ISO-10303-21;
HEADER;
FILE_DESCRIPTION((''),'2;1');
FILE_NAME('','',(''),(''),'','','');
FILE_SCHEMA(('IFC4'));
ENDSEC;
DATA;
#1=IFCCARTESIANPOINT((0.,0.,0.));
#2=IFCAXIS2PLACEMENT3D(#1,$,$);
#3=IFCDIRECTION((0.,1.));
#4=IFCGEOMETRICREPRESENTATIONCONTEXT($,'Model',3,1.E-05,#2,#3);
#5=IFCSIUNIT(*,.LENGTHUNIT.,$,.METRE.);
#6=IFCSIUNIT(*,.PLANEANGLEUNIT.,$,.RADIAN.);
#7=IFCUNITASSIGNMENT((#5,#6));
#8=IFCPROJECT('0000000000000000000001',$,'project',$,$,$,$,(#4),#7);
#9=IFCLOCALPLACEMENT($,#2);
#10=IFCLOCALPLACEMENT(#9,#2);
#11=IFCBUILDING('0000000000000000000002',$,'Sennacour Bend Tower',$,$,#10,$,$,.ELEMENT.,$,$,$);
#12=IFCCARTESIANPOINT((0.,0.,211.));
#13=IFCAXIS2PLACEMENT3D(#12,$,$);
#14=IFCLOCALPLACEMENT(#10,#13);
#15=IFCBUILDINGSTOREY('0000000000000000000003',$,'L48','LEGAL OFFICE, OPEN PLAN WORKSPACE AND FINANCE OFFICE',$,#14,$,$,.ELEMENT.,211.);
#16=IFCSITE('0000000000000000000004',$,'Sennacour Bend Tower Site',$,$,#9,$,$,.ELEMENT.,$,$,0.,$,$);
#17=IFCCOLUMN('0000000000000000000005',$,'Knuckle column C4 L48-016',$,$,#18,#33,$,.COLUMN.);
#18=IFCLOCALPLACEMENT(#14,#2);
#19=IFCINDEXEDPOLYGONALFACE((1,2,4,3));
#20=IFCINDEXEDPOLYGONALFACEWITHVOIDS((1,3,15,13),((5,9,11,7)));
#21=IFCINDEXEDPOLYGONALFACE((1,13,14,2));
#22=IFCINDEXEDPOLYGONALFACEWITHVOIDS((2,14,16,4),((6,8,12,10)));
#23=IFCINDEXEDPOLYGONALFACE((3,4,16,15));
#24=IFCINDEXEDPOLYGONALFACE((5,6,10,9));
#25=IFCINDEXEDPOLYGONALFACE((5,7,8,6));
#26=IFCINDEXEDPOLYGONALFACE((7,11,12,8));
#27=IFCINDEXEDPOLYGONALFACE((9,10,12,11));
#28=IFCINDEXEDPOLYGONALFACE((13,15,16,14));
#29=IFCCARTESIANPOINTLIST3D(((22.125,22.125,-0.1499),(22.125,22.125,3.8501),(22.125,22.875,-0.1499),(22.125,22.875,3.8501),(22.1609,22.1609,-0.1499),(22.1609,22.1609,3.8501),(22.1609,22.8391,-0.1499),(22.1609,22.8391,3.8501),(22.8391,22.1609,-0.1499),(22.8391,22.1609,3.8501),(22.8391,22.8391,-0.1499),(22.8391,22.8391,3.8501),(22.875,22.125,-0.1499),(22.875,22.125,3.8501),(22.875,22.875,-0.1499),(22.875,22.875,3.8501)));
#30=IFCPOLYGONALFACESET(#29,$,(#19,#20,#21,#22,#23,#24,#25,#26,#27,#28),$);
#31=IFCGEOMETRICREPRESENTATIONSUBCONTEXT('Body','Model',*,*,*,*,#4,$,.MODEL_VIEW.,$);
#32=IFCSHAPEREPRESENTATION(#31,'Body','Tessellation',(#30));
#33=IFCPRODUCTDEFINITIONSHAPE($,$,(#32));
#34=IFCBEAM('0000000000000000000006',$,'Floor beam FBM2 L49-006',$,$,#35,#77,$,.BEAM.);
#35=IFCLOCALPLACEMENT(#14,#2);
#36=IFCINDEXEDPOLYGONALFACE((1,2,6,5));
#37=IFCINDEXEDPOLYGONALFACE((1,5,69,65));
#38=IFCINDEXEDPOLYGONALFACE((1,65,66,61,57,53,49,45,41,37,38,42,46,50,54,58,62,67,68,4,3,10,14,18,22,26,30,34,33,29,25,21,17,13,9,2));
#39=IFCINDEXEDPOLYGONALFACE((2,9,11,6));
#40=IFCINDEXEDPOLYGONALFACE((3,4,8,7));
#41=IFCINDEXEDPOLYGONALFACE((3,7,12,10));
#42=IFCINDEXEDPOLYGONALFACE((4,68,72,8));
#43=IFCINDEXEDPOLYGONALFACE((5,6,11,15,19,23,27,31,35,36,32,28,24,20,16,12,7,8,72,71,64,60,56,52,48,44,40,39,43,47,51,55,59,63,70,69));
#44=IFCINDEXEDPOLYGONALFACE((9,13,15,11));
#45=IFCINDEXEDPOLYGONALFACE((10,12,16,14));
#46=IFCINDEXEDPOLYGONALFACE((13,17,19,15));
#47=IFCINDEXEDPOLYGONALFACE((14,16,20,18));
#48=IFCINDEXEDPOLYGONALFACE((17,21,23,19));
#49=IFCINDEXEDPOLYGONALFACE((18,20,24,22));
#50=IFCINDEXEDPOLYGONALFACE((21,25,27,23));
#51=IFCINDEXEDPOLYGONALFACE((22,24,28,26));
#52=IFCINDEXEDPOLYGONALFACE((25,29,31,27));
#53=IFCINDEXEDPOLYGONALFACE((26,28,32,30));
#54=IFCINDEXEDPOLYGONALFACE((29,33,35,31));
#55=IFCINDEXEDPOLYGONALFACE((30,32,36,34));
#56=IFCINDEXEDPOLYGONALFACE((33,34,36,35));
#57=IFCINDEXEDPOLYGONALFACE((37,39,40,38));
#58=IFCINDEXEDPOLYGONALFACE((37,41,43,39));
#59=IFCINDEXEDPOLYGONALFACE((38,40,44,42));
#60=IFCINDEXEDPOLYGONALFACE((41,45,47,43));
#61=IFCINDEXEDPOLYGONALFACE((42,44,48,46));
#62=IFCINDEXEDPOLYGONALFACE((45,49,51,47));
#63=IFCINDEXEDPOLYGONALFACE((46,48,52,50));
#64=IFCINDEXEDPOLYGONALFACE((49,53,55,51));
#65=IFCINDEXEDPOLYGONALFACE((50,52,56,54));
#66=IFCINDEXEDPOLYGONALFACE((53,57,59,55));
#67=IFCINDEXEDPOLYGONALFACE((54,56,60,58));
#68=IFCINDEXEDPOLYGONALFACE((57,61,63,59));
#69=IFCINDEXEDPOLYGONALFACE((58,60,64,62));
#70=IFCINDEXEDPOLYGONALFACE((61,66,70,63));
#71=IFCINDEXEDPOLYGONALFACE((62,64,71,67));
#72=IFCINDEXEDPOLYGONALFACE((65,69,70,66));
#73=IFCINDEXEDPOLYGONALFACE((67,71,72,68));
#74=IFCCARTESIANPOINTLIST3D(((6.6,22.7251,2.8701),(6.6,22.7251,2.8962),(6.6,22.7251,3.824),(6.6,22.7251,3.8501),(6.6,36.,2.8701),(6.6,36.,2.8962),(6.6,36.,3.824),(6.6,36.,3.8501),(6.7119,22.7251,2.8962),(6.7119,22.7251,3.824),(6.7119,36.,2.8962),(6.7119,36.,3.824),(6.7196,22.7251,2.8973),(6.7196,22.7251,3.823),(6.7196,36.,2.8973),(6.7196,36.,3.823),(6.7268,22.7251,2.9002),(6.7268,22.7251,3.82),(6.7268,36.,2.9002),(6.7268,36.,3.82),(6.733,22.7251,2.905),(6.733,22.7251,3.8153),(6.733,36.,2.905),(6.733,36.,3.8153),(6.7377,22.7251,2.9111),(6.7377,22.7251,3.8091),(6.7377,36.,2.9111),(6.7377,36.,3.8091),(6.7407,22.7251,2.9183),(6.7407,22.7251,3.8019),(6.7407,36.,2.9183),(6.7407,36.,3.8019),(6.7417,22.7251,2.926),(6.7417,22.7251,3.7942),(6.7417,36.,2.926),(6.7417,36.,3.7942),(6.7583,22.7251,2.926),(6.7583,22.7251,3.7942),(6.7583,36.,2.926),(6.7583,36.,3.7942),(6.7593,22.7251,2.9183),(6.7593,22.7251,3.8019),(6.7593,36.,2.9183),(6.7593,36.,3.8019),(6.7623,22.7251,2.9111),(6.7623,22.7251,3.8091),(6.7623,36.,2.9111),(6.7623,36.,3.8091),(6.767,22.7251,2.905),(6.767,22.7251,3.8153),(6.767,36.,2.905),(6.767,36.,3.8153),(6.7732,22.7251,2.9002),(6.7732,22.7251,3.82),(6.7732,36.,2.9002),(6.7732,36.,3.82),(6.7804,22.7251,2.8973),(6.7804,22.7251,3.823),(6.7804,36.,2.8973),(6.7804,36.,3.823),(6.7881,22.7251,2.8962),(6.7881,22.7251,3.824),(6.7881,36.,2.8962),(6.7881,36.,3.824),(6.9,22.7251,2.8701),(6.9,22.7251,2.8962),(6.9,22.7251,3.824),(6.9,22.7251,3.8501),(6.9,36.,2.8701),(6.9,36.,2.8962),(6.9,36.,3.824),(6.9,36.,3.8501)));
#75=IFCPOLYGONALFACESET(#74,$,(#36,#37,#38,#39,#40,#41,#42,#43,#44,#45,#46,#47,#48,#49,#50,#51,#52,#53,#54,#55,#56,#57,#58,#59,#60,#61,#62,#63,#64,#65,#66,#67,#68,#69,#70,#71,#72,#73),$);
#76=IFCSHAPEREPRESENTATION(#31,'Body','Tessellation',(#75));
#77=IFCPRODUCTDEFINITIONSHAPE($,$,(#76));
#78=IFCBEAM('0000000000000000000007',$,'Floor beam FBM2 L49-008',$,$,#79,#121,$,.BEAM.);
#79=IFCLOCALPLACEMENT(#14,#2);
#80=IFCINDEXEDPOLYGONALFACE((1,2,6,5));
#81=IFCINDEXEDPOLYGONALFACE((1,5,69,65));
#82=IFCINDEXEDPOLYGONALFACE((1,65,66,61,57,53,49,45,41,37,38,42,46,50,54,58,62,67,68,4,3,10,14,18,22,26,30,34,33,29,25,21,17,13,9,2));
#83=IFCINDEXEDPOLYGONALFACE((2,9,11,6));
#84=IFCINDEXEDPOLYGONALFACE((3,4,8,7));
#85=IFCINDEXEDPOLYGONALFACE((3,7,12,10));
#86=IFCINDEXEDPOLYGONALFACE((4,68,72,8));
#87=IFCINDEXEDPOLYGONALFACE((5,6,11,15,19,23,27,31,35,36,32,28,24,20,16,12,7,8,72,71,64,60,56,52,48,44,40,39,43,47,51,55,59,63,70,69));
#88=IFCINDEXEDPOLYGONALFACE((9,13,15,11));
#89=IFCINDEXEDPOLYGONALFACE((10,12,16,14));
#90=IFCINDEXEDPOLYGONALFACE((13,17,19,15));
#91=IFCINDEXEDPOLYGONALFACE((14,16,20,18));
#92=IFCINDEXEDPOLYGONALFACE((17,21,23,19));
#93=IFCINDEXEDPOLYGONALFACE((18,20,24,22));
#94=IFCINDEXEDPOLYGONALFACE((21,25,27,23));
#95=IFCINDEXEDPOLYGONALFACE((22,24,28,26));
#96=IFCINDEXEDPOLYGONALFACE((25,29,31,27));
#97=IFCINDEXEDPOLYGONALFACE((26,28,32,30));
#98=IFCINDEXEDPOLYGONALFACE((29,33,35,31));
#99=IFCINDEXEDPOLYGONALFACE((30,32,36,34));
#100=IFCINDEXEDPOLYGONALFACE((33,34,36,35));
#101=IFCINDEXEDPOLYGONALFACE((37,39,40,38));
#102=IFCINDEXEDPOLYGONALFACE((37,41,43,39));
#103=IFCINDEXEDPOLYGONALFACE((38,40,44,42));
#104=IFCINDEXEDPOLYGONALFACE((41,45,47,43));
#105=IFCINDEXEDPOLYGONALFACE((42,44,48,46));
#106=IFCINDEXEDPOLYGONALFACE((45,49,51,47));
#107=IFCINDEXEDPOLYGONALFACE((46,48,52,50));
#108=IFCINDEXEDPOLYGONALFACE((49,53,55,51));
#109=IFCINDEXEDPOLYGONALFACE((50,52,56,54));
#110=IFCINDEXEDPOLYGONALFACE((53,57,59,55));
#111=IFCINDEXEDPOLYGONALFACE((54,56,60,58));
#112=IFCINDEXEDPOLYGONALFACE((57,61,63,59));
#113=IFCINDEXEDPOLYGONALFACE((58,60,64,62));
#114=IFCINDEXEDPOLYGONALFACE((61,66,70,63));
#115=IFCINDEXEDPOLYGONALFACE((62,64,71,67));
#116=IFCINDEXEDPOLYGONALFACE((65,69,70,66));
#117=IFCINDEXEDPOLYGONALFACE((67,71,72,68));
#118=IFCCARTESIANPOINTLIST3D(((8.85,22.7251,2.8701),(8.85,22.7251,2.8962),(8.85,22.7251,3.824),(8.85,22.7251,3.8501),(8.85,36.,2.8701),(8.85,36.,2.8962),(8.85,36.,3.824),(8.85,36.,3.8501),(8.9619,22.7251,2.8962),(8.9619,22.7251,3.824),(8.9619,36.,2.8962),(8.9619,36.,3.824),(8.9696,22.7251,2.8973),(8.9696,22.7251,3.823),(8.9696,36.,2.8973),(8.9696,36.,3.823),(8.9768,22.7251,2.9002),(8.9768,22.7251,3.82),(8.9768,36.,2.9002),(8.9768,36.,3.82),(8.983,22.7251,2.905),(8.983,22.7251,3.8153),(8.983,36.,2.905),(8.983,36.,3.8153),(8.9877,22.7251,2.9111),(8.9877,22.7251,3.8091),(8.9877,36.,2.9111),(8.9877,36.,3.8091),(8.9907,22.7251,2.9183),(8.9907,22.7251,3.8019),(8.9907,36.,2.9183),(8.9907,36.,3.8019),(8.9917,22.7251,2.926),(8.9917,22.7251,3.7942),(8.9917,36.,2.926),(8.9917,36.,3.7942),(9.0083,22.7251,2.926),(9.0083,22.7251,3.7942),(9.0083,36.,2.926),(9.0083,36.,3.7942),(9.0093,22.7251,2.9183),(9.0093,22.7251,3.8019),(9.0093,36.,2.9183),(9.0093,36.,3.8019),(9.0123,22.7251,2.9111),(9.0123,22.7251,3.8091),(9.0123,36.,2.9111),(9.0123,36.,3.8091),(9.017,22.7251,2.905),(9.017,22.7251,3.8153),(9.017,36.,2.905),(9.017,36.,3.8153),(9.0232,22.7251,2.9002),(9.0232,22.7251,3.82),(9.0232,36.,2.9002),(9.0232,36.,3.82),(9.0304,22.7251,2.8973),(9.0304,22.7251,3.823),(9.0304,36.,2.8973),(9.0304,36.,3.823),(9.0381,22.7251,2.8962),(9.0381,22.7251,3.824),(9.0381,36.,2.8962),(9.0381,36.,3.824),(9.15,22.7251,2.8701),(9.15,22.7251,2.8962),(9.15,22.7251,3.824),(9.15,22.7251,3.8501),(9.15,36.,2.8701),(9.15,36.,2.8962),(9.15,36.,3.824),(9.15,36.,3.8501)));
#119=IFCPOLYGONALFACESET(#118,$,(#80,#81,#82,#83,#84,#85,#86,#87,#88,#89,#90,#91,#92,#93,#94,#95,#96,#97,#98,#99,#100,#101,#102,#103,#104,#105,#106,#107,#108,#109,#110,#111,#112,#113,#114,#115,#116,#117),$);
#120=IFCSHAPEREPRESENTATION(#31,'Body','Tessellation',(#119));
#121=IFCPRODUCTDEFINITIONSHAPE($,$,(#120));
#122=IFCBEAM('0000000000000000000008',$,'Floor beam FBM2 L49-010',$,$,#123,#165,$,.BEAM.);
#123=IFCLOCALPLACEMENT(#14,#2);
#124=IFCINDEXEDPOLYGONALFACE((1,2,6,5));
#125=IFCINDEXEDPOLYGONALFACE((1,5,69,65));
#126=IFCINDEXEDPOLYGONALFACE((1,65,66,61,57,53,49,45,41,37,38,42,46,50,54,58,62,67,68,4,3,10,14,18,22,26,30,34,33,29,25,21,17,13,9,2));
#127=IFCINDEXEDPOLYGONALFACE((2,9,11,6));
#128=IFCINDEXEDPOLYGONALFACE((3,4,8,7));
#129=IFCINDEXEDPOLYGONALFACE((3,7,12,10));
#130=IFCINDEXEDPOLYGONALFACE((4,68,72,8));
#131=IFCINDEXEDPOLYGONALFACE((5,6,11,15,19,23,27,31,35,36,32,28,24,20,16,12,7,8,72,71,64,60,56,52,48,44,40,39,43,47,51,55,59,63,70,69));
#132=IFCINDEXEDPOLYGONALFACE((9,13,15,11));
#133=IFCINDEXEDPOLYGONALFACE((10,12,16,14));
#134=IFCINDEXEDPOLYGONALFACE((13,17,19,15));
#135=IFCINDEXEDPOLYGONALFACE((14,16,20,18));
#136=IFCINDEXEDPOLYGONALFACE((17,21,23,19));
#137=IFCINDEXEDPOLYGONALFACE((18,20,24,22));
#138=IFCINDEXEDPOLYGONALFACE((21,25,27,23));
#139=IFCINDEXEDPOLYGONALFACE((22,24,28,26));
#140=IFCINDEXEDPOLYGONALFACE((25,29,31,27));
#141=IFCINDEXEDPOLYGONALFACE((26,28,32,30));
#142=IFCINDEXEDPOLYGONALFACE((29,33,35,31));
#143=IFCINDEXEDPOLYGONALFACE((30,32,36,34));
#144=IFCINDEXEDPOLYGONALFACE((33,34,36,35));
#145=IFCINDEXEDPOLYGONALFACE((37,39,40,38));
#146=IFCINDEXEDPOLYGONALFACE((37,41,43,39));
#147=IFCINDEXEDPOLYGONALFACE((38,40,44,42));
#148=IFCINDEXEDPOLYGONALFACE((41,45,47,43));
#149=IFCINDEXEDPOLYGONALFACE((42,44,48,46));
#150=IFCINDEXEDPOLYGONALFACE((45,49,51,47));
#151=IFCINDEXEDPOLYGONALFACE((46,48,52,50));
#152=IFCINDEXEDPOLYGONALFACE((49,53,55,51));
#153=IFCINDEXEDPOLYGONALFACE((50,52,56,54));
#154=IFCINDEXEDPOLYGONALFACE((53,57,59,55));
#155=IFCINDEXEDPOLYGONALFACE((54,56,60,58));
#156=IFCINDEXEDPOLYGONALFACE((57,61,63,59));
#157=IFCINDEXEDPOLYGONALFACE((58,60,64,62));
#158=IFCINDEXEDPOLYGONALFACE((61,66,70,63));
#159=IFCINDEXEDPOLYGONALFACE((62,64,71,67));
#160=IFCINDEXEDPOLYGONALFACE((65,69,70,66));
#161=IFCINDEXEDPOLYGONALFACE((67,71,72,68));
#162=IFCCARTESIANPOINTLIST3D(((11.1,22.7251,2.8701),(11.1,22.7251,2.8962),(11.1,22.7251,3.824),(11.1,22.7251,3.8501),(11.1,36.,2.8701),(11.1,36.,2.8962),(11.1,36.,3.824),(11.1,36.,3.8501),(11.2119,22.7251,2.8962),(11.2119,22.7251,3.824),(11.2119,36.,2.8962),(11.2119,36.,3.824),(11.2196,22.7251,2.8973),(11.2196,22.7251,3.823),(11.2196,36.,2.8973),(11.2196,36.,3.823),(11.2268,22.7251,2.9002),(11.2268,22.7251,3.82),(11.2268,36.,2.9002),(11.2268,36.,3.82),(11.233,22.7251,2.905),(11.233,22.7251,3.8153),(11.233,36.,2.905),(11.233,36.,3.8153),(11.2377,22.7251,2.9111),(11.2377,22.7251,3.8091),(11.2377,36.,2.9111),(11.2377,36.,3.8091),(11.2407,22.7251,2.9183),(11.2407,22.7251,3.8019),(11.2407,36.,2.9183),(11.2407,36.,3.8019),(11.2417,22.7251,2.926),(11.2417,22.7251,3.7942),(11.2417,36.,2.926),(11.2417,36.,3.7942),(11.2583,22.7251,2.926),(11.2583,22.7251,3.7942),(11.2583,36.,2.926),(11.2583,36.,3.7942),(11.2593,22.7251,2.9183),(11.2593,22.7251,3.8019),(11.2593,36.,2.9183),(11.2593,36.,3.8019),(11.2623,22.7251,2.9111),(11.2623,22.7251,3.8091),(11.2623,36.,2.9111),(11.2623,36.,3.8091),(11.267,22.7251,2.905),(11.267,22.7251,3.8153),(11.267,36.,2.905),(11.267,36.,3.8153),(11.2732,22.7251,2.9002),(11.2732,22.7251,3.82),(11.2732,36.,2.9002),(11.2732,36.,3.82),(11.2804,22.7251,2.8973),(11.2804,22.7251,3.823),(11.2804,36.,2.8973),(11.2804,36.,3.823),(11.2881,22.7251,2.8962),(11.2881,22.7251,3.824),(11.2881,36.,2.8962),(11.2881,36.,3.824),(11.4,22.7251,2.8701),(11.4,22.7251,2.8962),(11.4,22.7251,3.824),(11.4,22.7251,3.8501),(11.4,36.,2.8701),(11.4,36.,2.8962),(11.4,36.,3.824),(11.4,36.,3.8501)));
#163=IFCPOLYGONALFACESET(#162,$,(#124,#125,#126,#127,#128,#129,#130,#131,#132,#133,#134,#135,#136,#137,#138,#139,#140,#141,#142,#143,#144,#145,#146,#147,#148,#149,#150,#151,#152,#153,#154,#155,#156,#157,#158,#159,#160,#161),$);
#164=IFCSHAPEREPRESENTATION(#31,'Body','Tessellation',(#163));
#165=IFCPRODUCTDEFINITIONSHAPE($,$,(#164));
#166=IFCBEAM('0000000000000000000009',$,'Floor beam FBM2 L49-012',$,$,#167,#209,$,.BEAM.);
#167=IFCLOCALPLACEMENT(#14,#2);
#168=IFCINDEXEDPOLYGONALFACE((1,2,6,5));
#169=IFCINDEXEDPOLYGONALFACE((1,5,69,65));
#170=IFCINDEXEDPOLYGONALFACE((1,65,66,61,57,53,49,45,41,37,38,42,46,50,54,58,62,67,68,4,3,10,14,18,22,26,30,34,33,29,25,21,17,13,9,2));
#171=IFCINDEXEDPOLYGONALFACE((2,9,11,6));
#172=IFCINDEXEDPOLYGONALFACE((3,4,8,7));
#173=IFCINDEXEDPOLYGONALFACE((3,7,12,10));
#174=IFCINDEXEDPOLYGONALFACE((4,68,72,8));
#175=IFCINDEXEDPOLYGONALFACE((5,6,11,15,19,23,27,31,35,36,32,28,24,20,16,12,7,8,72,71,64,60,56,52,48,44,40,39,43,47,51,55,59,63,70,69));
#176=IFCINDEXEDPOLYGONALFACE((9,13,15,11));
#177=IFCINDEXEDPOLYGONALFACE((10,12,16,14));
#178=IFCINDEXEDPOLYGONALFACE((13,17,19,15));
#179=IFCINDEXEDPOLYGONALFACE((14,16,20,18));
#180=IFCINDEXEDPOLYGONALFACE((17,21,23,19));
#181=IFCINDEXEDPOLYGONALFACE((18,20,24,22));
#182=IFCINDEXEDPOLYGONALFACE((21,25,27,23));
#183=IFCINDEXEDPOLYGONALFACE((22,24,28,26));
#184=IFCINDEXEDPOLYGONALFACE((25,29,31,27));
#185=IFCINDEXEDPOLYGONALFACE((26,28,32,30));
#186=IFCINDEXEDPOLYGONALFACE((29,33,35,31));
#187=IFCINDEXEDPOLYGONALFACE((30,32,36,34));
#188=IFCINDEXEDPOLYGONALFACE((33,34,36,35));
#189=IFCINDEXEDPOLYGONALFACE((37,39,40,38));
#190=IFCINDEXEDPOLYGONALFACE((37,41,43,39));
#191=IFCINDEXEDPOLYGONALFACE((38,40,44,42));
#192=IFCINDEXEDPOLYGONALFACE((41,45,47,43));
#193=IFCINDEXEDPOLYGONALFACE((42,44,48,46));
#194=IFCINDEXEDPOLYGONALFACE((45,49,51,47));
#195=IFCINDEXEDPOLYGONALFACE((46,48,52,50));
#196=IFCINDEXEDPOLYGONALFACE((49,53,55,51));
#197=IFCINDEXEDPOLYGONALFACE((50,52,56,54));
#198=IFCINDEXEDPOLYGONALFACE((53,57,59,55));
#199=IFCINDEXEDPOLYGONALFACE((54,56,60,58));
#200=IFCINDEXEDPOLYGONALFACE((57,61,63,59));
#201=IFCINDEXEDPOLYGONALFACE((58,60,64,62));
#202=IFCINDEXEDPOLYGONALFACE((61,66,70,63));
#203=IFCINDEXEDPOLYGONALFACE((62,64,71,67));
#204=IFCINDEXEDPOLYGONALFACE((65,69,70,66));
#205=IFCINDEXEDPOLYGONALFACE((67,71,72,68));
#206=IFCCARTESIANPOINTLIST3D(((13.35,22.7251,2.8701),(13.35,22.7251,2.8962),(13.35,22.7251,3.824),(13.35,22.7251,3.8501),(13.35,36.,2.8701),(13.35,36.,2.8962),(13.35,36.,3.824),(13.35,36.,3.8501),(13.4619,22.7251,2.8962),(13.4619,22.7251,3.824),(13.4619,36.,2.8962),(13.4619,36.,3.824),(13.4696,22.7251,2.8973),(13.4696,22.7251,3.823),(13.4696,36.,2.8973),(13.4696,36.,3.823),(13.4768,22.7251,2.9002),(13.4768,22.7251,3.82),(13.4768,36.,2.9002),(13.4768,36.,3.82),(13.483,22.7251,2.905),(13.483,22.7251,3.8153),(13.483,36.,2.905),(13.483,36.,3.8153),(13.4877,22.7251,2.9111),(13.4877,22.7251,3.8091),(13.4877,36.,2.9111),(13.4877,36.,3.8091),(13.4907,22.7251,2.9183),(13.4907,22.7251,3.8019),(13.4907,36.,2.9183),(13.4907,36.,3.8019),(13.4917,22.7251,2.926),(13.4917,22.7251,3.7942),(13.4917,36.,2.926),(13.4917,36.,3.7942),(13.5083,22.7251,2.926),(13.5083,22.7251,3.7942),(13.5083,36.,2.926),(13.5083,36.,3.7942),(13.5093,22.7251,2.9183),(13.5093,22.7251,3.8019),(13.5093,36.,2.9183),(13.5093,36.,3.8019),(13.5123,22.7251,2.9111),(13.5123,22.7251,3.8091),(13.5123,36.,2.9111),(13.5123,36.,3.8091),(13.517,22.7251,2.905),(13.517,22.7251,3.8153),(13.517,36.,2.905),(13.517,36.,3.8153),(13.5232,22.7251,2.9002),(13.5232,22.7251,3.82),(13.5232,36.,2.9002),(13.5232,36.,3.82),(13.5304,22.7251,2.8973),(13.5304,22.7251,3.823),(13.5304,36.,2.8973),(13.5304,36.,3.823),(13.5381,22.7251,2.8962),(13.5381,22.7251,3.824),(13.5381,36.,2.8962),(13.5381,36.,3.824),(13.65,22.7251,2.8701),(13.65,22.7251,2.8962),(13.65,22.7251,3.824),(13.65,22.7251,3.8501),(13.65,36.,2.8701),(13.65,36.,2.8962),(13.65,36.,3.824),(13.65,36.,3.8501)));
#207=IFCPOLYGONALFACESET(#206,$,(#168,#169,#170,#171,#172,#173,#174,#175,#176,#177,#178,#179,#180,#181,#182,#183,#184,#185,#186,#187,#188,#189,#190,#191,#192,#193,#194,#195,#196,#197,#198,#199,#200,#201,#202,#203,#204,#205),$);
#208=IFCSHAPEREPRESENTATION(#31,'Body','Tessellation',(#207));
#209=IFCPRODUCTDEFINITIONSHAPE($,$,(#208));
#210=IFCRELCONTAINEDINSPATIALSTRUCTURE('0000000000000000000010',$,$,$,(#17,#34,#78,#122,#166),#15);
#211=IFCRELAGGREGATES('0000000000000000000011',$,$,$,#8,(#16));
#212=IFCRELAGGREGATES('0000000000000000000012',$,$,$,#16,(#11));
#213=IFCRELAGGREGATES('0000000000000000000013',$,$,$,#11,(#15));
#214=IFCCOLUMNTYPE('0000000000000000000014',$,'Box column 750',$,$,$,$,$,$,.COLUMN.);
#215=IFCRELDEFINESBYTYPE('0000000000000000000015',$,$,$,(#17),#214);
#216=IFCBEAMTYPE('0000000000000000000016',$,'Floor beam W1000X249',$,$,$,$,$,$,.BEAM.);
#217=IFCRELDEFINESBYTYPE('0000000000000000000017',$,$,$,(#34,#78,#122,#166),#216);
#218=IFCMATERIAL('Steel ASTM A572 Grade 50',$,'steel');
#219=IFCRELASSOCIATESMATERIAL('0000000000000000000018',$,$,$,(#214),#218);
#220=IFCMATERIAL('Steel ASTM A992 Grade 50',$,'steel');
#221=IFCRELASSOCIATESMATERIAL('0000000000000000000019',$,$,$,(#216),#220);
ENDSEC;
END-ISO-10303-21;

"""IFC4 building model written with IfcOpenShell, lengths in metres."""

from ifc_helpers import new_model, si_unit, direction, frame, origin, origin_2d, place, context, subcontext, project, spatial, hollow_rectangle, i_section, extrude, material, material_profile, profile_set, type_object, element, save


model = new_model("IFC4")

# Units and contexts
model_context = context("Model", 3, precision=1e-05, world=origin(), true_north=direction((0.0, 1.0)))
body_context = subcontext(model_context, "Body", "Model", "MODEL_VIEW")
ifc_project = project(units=[si_unit("LENGTHUNIT", "METRE"), si_unit("PLANEANGLEUNIT", "RADIAN")], contexts=[model_context])

# Site, building, storey
site_placement = place(None, origin())
site = spatial("IfcSite", under=ifc_project, at=site_placement, Name="Sennacour Bend Tower Site", CompositionType="ELEMENT", RefElevation=0.0)
building_placement = place(site_placement, origin())
building = spatial("IfcBuilding", under=site, at=building_placement, Name="Sennacour Bend Tower", CompositionType="ELEMENT")
storey_placement = place(building_placement, frame((0.0, 0.0, 211.0)))
storey = spatial("IfcBuildingStorey", under=building, at=storey_placement, Name="L48", Description="LEGAL OFFICE, OPEN PLAN WORKSPACE AND FINANCE OFFICE", CompositionType="ELEMENT", Elevation=211.0)

# Column
ifc_material_1 = material(Name="Steel ASTM A572 Grade 50", Category="steel")
ifc_material_profile_1 = material_profile(ifc_material_1, hollow_rectangle(XDim=0.75, YDim=0.75, WallThickness=0.0359, at=origin_2d()), Name="Steel ASTM A572 Grade 50", Category="steel")
ifc_profile_set_1 = profile_set([ifc_material_profile_1], Name="Steel ASTM A572 Grade 50")
column_type = type_object("IfcColumnType", Name="Box column 750", PredefinedType="COLUMN", material=ifc_profile_set_1)
column_placement = place(storey_placement, frame((22.5, 22.5, -0.1499), z_axis=(0.0, 0.0, 1.0), x_axis=(1.0, 0.0, 0.0)))
element("IfcColumn", 1, at=column_placement, inside=storey, type_object=column_type, Name="Knuckle column C4 L48-016", PredefinedType="COLUMN", context=body_context, shape_type="SweptSolid", body=[
    extrude(hollow_rectangle(XDim=0.75, YDim=0.75, WallThickness=0.0359, at=origin_2d()), origin(), (0.0, 0.0, 1.0), 4.0),
])

# Beams
ifc_material_2 = material(Name="Steel ASTM A992 Grade 50", Category="steel")
ifc_material_profile_2 = material_profile(ifc_material_2, i_section(OverallWidth=0.3, OverallDepth=0.98, WebThickness=0.0166, FlangeThickness=0.0261, FilletRadius=0.0298, at=origin_2d()), Name="Steel ASTM A992 Grade 50", Category="steel")
ifc_profile_set_2 = profile_set([ifc_material_profile_2], Name="Steel ASTM A992 Grade 50")
beam_type_1 = type_object("IfcBeamType", Name="Floor beam W1000X249", PredefinedType="BEAM", material=ifc_profile_set_2)
for number, where, z_axis, x_axis, name in (
    (2, (6.75, 22.7251, 3.3601), (0.0, 1.0, 0.0), (-1.0, 0.0, 0.0), "Floor beam FBM2 L49-006"),
    (3, (9.0, 22.7251, 3.3601), (0.0, 1.0, 0.0), (-1.0, 0.0, 0.0), "Floor beam FBM2 L49-008"),
    (4, (11.25, 22.7251, 3.3601), (0.0, 1.0, 0.0), (-1.0, 0.0, 0.0), "Floor beam FBM2 L49-010"),
    (5, (13.5, 22.7251, 3.3601), (0.0, 1.0, 0.0), (-1.0, 0.0, 0.0), "Floor beam FBM2 L49-012"),
):
    element("IfcBeam", number, at=place(storey_placement, frame(where, z_axis=z_axis, x_axis=x_axis)), inside=storey, type_object=beam_type_1, Name=name, PredefinedType="BEAM", context=body_context, shape_type="SweptSolid", body=[
        extrude(i_section(OverallWidth=0.3, OverallDepth=0.98, WebThickness=0.0166, FlangeThickness=0.0261, FilletRadius=0.0298, at=origin_2d()), origin(), (0.0, 0.0, 1.0), 13.2749),
    ])

save(model, "model.ifc")
